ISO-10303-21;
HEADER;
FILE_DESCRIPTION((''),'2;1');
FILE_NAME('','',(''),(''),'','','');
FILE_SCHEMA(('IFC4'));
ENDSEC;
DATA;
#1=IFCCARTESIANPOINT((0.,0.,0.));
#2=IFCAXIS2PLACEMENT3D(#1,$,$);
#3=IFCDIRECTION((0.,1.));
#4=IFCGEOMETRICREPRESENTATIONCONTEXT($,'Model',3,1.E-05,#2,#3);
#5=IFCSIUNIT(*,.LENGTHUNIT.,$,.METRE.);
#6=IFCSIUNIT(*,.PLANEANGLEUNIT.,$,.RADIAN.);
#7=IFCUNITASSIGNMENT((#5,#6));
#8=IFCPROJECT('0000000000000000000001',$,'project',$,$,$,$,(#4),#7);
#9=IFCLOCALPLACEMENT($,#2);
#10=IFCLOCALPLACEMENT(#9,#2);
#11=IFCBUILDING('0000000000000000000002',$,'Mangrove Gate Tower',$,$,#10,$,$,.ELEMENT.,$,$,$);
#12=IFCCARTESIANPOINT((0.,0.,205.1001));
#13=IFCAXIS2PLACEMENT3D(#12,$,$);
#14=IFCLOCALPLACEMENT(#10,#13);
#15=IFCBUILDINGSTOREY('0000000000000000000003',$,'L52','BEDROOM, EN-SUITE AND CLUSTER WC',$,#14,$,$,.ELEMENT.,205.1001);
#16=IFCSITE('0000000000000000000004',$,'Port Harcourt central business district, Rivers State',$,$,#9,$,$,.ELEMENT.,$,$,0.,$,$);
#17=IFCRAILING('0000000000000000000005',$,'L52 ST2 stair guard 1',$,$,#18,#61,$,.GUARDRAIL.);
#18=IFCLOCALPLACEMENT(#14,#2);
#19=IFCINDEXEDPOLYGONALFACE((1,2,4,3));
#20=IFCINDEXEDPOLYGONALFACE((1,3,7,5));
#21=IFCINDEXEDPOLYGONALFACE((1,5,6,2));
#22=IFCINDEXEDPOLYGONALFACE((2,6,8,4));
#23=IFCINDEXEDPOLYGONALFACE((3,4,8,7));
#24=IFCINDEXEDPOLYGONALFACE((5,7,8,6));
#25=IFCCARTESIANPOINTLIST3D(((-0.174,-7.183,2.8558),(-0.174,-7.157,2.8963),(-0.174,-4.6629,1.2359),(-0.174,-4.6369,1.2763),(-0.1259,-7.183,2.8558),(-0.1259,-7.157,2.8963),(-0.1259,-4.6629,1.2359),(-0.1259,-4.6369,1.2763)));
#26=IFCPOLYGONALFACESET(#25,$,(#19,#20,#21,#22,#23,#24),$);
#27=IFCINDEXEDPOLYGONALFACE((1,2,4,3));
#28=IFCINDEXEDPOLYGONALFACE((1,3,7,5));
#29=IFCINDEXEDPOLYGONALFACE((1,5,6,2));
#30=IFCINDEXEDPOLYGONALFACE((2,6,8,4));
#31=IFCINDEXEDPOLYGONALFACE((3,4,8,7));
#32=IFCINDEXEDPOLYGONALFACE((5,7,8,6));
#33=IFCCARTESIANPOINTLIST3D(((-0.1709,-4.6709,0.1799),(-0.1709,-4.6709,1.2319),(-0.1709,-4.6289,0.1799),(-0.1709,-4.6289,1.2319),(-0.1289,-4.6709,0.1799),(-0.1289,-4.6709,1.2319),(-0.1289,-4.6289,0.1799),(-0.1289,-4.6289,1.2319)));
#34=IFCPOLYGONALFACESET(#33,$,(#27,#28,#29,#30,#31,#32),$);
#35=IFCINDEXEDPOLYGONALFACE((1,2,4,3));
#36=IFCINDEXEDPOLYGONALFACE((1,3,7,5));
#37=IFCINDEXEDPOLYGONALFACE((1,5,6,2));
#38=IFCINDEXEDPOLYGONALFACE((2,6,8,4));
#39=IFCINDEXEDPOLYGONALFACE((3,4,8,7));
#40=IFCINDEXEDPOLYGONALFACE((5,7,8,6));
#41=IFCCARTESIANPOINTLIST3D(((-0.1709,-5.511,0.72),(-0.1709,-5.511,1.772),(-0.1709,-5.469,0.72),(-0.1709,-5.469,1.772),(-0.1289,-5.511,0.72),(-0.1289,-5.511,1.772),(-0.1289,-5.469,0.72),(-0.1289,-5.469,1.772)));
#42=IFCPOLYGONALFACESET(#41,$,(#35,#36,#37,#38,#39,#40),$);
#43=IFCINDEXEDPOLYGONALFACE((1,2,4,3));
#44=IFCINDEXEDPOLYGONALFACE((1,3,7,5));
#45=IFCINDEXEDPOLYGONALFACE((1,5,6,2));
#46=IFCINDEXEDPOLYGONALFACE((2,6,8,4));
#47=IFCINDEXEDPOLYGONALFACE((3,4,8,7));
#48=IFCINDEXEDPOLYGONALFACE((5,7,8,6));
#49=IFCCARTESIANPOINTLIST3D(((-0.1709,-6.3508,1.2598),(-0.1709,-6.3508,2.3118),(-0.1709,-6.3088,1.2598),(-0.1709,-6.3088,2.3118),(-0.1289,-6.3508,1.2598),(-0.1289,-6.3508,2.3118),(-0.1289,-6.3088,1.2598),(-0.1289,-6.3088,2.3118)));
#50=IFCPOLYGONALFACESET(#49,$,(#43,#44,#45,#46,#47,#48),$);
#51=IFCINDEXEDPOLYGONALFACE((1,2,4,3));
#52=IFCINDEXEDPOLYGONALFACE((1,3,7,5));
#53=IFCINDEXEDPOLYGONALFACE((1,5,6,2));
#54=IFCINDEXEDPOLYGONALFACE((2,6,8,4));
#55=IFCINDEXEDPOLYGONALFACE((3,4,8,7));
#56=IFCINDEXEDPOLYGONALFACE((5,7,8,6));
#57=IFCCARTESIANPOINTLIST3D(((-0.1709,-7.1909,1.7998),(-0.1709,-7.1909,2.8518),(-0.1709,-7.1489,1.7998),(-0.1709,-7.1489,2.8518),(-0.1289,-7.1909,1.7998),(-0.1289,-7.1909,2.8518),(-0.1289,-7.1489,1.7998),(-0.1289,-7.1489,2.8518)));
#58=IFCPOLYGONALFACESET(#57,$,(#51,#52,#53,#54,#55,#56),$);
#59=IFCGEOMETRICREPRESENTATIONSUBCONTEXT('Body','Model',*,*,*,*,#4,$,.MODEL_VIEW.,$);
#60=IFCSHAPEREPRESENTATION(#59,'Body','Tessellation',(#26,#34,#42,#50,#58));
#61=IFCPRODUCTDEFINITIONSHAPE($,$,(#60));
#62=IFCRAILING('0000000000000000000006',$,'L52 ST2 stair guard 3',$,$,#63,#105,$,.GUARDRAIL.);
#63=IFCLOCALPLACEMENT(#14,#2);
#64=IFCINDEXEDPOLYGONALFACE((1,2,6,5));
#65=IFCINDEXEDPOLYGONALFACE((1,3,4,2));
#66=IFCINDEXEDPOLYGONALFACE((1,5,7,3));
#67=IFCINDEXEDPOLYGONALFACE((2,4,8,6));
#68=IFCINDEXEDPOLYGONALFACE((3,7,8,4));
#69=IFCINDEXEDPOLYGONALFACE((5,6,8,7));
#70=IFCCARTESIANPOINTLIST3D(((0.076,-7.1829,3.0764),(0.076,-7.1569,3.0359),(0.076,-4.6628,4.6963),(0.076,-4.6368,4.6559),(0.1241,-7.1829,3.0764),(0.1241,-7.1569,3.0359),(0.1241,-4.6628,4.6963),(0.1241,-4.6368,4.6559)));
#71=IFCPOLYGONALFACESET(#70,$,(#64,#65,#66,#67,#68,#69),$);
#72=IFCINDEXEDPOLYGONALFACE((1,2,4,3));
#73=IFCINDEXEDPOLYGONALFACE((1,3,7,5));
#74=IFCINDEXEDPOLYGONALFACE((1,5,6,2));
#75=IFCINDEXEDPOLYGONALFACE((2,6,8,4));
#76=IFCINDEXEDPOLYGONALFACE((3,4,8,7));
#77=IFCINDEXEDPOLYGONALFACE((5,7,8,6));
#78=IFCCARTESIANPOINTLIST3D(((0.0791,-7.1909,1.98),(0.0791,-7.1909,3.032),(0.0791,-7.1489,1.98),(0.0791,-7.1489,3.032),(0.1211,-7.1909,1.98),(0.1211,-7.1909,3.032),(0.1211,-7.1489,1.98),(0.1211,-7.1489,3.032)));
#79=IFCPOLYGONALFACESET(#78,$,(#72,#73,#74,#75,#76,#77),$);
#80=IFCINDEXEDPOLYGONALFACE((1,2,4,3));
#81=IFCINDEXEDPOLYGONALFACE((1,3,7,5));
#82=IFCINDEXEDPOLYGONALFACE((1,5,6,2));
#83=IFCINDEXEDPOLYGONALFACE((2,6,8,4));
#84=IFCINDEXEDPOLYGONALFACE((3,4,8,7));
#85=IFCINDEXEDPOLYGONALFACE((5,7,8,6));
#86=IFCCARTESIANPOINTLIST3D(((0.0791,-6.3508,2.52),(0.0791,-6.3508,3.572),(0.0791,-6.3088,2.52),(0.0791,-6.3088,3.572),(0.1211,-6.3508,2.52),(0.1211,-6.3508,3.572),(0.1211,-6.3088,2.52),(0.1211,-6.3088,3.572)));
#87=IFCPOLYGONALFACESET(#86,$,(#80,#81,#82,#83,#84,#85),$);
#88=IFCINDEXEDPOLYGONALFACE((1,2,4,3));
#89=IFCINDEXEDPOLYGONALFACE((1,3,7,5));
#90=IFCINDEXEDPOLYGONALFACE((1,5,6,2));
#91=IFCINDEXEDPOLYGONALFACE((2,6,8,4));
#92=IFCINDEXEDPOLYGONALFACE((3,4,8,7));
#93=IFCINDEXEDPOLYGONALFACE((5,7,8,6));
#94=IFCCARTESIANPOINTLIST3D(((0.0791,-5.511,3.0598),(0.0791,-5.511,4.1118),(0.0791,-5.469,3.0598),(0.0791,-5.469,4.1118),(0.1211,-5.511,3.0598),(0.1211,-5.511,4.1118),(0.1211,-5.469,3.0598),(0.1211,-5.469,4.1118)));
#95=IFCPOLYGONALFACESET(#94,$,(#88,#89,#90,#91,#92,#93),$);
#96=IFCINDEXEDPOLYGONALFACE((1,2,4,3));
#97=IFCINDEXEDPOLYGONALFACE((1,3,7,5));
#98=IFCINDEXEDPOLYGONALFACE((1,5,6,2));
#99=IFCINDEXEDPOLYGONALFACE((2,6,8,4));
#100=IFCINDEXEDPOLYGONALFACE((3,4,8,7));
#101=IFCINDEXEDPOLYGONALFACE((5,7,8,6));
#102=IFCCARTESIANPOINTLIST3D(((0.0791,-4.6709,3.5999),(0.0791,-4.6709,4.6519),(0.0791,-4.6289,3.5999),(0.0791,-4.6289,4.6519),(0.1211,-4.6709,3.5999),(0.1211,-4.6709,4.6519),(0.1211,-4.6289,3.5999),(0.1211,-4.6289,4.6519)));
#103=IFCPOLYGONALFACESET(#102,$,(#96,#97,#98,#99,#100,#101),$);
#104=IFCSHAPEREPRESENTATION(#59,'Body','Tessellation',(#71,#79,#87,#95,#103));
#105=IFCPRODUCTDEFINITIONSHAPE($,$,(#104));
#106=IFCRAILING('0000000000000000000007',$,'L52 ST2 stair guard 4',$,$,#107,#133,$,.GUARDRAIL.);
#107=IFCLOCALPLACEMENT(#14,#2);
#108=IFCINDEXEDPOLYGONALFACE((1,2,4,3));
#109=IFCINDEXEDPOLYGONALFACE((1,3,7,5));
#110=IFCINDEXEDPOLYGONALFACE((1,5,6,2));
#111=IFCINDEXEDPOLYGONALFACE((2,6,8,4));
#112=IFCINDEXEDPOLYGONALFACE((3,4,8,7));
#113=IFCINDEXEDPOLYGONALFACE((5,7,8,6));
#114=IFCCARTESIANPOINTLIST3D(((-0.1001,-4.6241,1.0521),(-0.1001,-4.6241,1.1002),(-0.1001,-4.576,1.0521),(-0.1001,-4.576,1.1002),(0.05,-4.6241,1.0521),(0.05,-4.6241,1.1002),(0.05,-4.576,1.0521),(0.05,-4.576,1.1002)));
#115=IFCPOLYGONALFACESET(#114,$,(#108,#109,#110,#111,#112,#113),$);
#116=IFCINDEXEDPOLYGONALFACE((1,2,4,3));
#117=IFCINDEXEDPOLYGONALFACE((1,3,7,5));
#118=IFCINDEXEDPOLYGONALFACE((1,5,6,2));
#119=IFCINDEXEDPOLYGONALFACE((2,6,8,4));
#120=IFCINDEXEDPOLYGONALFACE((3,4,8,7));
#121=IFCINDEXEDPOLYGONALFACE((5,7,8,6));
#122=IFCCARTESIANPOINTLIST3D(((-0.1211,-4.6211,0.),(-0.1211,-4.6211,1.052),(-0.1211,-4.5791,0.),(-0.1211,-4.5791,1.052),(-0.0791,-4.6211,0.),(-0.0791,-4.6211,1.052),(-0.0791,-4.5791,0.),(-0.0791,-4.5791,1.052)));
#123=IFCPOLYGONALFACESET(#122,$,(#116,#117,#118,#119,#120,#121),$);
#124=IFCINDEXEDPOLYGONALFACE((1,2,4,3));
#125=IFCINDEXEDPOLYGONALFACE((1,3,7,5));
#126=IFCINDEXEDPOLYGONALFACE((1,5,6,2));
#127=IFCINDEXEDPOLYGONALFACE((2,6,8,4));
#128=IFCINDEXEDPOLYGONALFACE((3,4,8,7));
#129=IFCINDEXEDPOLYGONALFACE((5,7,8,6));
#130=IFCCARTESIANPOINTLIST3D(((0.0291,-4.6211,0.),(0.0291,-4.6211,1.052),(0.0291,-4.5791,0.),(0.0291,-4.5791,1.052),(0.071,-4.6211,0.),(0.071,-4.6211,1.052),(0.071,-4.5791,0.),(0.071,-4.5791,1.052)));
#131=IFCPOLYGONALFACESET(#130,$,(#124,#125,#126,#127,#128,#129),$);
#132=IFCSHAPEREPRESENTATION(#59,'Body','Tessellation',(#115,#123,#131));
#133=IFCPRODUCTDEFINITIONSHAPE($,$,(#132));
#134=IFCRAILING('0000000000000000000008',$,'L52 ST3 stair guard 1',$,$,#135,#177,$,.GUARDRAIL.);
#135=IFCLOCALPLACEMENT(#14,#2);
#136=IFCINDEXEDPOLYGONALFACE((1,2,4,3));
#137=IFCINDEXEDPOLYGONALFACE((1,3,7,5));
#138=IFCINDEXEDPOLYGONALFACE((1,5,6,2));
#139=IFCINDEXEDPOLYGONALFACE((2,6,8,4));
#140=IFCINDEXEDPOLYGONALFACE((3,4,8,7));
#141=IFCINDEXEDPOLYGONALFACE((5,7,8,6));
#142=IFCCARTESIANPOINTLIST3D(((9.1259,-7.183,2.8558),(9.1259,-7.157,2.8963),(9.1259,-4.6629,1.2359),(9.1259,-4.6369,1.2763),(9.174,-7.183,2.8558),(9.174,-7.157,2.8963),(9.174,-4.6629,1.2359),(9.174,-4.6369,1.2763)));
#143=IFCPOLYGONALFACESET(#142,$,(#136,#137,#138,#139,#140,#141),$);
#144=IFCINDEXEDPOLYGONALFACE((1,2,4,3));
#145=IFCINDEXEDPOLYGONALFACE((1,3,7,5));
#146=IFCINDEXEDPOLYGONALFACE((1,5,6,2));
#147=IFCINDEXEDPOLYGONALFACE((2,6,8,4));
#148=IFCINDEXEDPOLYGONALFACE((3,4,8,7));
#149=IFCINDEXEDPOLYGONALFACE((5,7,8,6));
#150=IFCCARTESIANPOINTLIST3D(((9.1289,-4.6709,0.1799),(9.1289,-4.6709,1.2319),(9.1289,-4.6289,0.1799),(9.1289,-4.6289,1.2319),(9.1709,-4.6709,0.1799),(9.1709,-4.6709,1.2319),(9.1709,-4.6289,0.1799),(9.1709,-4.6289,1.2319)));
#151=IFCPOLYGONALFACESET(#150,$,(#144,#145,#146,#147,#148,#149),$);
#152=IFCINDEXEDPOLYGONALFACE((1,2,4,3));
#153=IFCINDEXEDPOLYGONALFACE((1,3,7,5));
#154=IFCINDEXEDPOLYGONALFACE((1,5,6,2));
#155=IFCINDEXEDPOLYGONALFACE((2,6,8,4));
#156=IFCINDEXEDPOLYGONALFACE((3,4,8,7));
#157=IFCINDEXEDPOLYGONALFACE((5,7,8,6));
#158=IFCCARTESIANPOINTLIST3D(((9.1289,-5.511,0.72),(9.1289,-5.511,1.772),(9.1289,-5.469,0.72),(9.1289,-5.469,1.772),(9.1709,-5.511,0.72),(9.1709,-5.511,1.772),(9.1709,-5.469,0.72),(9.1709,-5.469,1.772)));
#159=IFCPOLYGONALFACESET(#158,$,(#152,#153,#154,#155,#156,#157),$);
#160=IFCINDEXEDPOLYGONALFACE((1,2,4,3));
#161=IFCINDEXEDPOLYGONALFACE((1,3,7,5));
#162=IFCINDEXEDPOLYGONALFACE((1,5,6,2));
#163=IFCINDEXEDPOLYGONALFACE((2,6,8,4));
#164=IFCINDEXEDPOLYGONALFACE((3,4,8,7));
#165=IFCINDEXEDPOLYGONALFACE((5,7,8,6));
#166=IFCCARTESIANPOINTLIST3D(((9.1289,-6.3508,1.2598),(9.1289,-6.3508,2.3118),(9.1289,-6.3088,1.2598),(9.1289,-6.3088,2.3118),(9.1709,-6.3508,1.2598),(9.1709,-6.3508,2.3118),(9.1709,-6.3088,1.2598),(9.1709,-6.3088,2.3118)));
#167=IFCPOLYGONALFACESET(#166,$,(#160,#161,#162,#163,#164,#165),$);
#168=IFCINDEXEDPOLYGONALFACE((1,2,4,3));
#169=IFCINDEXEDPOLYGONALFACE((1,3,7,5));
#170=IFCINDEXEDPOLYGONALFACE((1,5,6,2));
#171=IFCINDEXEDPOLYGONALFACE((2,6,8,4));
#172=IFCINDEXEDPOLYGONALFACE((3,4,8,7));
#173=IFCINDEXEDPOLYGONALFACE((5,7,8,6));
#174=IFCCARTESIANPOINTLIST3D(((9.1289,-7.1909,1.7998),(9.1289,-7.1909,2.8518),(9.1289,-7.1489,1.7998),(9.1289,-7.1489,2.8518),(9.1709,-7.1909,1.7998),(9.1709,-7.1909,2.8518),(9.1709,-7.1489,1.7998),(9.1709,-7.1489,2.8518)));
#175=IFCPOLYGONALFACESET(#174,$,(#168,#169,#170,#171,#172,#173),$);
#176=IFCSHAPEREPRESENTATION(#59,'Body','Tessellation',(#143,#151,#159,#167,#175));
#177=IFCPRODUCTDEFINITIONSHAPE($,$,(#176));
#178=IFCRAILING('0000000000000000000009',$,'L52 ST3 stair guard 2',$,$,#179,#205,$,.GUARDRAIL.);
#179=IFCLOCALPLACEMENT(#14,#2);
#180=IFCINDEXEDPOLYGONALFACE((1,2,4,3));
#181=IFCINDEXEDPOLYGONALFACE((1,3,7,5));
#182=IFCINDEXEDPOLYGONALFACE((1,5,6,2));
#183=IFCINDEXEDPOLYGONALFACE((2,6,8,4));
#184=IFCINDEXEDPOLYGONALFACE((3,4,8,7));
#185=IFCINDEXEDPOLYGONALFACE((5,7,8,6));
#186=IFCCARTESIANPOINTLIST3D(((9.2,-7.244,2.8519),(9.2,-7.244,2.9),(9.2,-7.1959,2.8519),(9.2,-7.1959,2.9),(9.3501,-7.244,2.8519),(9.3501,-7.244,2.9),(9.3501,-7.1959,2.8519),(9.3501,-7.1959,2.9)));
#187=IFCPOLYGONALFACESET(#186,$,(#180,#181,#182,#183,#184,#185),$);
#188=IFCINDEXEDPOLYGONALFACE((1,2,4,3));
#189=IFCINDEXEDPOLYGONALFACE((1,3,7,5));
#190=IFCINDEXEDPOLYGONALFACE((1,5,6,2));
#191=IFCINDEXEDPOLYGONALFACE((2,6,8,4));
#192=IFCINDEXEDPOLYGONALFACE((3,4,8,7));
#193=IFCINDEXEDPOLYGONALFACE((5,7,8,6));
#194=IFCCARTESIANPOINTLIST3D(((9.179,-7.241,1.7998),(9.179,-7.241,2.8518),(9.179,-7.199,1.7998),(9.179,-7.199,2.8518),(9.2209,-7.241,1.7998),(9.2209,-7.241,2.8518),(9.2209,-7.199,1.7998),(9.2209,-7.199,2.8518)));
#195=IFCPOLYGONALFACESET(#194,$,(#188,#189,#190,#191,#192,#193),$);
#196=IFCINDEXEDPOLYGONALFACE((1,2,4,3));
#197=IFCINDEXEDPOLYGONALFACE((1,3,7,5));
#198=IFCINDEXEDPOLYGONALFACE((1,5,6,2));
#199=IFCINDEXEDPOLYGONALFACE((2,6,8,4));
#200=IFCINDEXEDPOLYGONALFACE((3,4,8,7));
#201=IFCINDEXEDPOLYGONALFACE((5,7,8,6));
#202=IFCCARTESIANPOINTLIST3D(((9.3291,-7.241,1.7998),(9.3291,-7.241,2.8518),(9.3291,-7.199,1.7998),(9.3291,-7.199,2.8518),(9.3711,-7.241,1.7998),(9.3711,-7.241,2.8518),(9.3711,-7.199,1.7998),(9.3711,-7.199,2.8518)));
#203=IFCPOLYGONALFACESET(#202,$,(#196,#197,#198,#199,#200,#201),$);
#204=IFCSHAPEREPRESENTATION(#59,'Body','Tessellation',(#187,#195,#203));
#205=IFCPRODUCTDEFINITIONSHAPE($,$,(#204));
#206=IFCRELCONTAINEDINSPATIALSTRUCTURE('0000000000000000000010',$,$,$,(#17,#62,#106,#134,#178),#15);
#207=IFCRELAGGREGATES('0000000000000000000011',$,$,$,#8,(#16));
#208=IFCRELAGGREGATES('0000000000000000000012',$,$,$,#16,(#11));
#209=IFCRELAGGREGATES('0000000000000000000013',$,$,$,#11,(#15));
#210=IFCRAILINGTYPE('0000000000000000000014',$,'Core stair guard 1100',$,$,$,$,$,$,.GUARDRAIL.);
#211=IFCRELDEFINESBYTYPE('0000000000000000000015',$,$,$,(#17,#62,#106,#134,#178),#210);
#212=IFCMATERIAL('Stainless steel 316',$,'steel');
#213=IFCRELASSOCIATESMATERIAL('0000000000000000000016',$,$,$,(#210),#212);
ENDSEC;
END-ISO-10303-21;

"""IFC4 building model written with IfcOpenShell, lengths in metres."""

from ifc_helpers import new_model, si_unit, direction, frame, origin, origin_2d, place, context, subcontext, project, spatial, rectangle, extrude, material, type_object, element, save


model = new_model("IFC4")

# Units and contexts
model_context = context("Model", 3, precision=1e-05, world=origin(), true_north=direction((0.0, 1.0)))
body_context = subcontext(model_context, "Body", "Model", "MODEL_VIEW")
ifc_project = project(units=[si_unit("LENGTHUNIT", "METRE"), si_unit("PLANEANGLEUNIT", "RADIAN")], contexts=[model_context])

# Site, building, storey
site_placement = place(None, origin())
site = spatial("IfcSite", under=ifc_project, at=site_placement, Name="Port Harcourt central business district, Rivers State", CompositionType="ELEMENT", RefElevation=0.0)
building_placement = place(site_placement, origin())
building = spatial("IfcBuilding", under=site, at=building_placement, Name="Mangrove Gate Tower", CompositionType="ELEMENT")
storey_placement = place(building_placement, frame((0.0, 0.0, 205.1001)))
storey = spatial("IfcBuildingStorey", under=building, at=storey_placement, Name="L52", Description="BEDROOM, EN-SUITE AND CLUSTER WC", CompositionType="ELEMENT", Elevation=205.1001)

# Railings
ifc_material_1 = material(Name="Stainless steel 316", Category="steel")
railing_type_1 = type_object("IfcRailingType", Name="Core stair guard 1100", PredefinedType="GUARDRAIL", material=ifc_material_1)
railing_1_placement = place(storey_placement, frame((-0.1499, -4.6499, 0.1799)))
element("IfcRailing", 1, at=railing_1_placement, inside=storey, type_object=railing_type_1, Name="L52 ST2 stair guard 1", PredefinedType="GUARDRAIL", context=body_context, shape_type="SweptSolid", body=[
    extrude(rectangle(XDim=0.0481, YDim=0.0481, at=origin_2d()), frame((0.0, 0.0, 1.0762), z_axis=(0.0, -0.8412, 0.540725), x_axis=(1.0, 0.0, 0.0)), (0.0, 0.0, 1.0), 2.9958),
    extrude(rectangle(XDim=0.042, YDim=0.042, at=origin_2d()), origin(), (0.0, 0.0, 1.0), 1.052),
    extrude(rectangle(XDim=0.042, YDim=0.042, at=origin_2d()), frame((0.0, -0.8401, 0.54)), (0.0, 0.0, 1.0), 1.052),
    extrude(rectangle(XDim=0.042, YDim=0.042, at=origin_2d()), frame((0.0, -1.6799, 1.0798)), (0.0, 0.0, 1.0), 1.052),
    extrude(rectangle(XDim=0.042, YDim=0.042, at=origin_2d()), frame((0.0, -2.52, 1.6199)), (0.0, 0.0, 1.0), 1.052),
])
railing_2_placement = place(storey_placement, frame((0.1001, -7.1699, 1.98)))
element("IfcRailing", 2, at=railing_2_placement, inside=storey, type_object=railing_type_1, Name="L52 ST2 stair guard 3", PredefinedType="GUARDRAIL", context=body_context, shape_type="SweptSolid", body=[
    extrude(rectangle(XDim=0.0481, YDim=0.0481, at=origin_2d()), frame((0.0, 0.0, 1.0762), z_axis=(0.0, 0.8412, 0.540725), x_axis=(-1.0, 0.0, 0.0)), (0.0, 0.0, 1.0), 2.9958),
    extrude(rectangle(XDim=0.042, YDim=0.042, at=origin_2d()), origin(), (0.0, 0.0, 1.0), 1.052),
    extrude(rectangle(XDim=0.042, YDim=0.042, at=origin_2d()), frame((0.0, 0.8401, 0.54)), (0.0, 0.0, 1.0), 1.052),
    extrude(rectangle(XDim=0.042, YDim=0.042, at=origin_2d()), frame((0.0, 1.6799, 1.0798)), (0.0, 0.0, 1.0), 1.052),
    extrude(rectangle(XDim=0.042, YDim=0.042, at=origin_2d()), frame((0.0, 2.52, 1.6199)), (0.0, 0.0, 1.0), 1.052),
])
railing_3_placement = place(storey_placement, frame((-0.1001, -4.6001, 0.0)))
element("IfcRailing", 3, at=railing_3_placement, inside=storey, type_object=railing_type_1, Name="L52 ST2 stair guard 4", PredefinedType="GUARDRAIL", context=body_context, shape_type="SweptSolid", body=[
    extrude(rectangle(XDim=0.0481, YDim=0.0481, at=origin_2d()), frame((0.0, 0.0, 1.0762), z_axis=(1.0, 0.0, 0.0), x_axis=(0.0, 1.0, 0.0)), (0.0, 0.0, 1.0), 0.1501),
    extrude(rectangle(XDim=0.042, YDim=0.042, at=origin_2d()), origin(), (0.0, 0.0, 1.0), 1.052),
    extrude(rectangle(XDim=0.042, YDim=0.042, at=origin_2d()), frame((0.1501, 0.0, 0.0)), (0.0, 0.0, 1.0), 1.052),
])
railing_4_placement = place(storey_placement, frame((9.1499, -4.6499, 0.1799)))
element("IfcRailing", 4, at=railing_4_placement, inside=storey, type_object=railing_type_1, Name="L52 ST3 stair guard 1", PredefinedType="GUARDRAIL", context=body_context, shape_type="SweptSolid", body=[
    extrude(rectangle(XDim=0.0481, YDim=0.0481, at=origin_2d()), frame((0.0, 0.0, 1.0762), z_axis=(0.0, -0.8412, 0.540725), x_axis=(1.0, 0.0, 0.0)), (0.0, 0.0, 1.0), 2.9958),
    extrude(rectangle(XDim=0.042, YDim=0.042, at=origin_2d()), origin(), (0.0, 0.0, 1.0), 1.052),
    extrude(rectangle(XDim=0.042, YDim=0.042, at=origin_2d()), frame((0.0, -0.8401, 0.54)), (0.0, 0.0, 1.0), 1.052),
    extrude(rectangle(XDim=0.042, YDim=0.042, at=origin_2d()), frame((0.0, -1.6799, 1.0798)), (0.0, 0.0, 1.0), 1.052),
    extrude(rectangle(XDim=0.042, YDim=0.042, at=origin_2d()), frame((0.0, -2.52, 1.6199)), (0.0, 0.0, 1.0), 1.052),
])
railing_5_placement = place(storey_placement, frame((9.2, -7.22, 1.7998)))
element("IfcRailing", 5, at=railing_5_placement, inside=storey, type_object=railing_type_1, Name="L52 ST3 stair guard 2", PredefinedType="GUARDRAIL", context=body_context, shape_type="SweptSolid", body=[
    extrude(rectangle(XDim=0.0481, YDim=0.0481, at=origin_2d()), frame((0.0, 0.0, 1.0762), z_axis=(1.0, 0.0, 0.0), x_axis=(0.0, 1.0, 0.0)), (0.0, 0.0, 1.0), 0.1501),
    extrude(rectangle(XDim=0.042, YDim=0.042, at=origin_2d()), origin(), (0.0, 0.0, 1.0), 1.052),
    extrude(rectangle(XDim=0.042, YDim=0.042, at=origin_2d()), frame((0.1501, 0.0, 0.0)), (0.0, 0.0, 1.0), 1.052),
])

save(model, "model.ifc")
